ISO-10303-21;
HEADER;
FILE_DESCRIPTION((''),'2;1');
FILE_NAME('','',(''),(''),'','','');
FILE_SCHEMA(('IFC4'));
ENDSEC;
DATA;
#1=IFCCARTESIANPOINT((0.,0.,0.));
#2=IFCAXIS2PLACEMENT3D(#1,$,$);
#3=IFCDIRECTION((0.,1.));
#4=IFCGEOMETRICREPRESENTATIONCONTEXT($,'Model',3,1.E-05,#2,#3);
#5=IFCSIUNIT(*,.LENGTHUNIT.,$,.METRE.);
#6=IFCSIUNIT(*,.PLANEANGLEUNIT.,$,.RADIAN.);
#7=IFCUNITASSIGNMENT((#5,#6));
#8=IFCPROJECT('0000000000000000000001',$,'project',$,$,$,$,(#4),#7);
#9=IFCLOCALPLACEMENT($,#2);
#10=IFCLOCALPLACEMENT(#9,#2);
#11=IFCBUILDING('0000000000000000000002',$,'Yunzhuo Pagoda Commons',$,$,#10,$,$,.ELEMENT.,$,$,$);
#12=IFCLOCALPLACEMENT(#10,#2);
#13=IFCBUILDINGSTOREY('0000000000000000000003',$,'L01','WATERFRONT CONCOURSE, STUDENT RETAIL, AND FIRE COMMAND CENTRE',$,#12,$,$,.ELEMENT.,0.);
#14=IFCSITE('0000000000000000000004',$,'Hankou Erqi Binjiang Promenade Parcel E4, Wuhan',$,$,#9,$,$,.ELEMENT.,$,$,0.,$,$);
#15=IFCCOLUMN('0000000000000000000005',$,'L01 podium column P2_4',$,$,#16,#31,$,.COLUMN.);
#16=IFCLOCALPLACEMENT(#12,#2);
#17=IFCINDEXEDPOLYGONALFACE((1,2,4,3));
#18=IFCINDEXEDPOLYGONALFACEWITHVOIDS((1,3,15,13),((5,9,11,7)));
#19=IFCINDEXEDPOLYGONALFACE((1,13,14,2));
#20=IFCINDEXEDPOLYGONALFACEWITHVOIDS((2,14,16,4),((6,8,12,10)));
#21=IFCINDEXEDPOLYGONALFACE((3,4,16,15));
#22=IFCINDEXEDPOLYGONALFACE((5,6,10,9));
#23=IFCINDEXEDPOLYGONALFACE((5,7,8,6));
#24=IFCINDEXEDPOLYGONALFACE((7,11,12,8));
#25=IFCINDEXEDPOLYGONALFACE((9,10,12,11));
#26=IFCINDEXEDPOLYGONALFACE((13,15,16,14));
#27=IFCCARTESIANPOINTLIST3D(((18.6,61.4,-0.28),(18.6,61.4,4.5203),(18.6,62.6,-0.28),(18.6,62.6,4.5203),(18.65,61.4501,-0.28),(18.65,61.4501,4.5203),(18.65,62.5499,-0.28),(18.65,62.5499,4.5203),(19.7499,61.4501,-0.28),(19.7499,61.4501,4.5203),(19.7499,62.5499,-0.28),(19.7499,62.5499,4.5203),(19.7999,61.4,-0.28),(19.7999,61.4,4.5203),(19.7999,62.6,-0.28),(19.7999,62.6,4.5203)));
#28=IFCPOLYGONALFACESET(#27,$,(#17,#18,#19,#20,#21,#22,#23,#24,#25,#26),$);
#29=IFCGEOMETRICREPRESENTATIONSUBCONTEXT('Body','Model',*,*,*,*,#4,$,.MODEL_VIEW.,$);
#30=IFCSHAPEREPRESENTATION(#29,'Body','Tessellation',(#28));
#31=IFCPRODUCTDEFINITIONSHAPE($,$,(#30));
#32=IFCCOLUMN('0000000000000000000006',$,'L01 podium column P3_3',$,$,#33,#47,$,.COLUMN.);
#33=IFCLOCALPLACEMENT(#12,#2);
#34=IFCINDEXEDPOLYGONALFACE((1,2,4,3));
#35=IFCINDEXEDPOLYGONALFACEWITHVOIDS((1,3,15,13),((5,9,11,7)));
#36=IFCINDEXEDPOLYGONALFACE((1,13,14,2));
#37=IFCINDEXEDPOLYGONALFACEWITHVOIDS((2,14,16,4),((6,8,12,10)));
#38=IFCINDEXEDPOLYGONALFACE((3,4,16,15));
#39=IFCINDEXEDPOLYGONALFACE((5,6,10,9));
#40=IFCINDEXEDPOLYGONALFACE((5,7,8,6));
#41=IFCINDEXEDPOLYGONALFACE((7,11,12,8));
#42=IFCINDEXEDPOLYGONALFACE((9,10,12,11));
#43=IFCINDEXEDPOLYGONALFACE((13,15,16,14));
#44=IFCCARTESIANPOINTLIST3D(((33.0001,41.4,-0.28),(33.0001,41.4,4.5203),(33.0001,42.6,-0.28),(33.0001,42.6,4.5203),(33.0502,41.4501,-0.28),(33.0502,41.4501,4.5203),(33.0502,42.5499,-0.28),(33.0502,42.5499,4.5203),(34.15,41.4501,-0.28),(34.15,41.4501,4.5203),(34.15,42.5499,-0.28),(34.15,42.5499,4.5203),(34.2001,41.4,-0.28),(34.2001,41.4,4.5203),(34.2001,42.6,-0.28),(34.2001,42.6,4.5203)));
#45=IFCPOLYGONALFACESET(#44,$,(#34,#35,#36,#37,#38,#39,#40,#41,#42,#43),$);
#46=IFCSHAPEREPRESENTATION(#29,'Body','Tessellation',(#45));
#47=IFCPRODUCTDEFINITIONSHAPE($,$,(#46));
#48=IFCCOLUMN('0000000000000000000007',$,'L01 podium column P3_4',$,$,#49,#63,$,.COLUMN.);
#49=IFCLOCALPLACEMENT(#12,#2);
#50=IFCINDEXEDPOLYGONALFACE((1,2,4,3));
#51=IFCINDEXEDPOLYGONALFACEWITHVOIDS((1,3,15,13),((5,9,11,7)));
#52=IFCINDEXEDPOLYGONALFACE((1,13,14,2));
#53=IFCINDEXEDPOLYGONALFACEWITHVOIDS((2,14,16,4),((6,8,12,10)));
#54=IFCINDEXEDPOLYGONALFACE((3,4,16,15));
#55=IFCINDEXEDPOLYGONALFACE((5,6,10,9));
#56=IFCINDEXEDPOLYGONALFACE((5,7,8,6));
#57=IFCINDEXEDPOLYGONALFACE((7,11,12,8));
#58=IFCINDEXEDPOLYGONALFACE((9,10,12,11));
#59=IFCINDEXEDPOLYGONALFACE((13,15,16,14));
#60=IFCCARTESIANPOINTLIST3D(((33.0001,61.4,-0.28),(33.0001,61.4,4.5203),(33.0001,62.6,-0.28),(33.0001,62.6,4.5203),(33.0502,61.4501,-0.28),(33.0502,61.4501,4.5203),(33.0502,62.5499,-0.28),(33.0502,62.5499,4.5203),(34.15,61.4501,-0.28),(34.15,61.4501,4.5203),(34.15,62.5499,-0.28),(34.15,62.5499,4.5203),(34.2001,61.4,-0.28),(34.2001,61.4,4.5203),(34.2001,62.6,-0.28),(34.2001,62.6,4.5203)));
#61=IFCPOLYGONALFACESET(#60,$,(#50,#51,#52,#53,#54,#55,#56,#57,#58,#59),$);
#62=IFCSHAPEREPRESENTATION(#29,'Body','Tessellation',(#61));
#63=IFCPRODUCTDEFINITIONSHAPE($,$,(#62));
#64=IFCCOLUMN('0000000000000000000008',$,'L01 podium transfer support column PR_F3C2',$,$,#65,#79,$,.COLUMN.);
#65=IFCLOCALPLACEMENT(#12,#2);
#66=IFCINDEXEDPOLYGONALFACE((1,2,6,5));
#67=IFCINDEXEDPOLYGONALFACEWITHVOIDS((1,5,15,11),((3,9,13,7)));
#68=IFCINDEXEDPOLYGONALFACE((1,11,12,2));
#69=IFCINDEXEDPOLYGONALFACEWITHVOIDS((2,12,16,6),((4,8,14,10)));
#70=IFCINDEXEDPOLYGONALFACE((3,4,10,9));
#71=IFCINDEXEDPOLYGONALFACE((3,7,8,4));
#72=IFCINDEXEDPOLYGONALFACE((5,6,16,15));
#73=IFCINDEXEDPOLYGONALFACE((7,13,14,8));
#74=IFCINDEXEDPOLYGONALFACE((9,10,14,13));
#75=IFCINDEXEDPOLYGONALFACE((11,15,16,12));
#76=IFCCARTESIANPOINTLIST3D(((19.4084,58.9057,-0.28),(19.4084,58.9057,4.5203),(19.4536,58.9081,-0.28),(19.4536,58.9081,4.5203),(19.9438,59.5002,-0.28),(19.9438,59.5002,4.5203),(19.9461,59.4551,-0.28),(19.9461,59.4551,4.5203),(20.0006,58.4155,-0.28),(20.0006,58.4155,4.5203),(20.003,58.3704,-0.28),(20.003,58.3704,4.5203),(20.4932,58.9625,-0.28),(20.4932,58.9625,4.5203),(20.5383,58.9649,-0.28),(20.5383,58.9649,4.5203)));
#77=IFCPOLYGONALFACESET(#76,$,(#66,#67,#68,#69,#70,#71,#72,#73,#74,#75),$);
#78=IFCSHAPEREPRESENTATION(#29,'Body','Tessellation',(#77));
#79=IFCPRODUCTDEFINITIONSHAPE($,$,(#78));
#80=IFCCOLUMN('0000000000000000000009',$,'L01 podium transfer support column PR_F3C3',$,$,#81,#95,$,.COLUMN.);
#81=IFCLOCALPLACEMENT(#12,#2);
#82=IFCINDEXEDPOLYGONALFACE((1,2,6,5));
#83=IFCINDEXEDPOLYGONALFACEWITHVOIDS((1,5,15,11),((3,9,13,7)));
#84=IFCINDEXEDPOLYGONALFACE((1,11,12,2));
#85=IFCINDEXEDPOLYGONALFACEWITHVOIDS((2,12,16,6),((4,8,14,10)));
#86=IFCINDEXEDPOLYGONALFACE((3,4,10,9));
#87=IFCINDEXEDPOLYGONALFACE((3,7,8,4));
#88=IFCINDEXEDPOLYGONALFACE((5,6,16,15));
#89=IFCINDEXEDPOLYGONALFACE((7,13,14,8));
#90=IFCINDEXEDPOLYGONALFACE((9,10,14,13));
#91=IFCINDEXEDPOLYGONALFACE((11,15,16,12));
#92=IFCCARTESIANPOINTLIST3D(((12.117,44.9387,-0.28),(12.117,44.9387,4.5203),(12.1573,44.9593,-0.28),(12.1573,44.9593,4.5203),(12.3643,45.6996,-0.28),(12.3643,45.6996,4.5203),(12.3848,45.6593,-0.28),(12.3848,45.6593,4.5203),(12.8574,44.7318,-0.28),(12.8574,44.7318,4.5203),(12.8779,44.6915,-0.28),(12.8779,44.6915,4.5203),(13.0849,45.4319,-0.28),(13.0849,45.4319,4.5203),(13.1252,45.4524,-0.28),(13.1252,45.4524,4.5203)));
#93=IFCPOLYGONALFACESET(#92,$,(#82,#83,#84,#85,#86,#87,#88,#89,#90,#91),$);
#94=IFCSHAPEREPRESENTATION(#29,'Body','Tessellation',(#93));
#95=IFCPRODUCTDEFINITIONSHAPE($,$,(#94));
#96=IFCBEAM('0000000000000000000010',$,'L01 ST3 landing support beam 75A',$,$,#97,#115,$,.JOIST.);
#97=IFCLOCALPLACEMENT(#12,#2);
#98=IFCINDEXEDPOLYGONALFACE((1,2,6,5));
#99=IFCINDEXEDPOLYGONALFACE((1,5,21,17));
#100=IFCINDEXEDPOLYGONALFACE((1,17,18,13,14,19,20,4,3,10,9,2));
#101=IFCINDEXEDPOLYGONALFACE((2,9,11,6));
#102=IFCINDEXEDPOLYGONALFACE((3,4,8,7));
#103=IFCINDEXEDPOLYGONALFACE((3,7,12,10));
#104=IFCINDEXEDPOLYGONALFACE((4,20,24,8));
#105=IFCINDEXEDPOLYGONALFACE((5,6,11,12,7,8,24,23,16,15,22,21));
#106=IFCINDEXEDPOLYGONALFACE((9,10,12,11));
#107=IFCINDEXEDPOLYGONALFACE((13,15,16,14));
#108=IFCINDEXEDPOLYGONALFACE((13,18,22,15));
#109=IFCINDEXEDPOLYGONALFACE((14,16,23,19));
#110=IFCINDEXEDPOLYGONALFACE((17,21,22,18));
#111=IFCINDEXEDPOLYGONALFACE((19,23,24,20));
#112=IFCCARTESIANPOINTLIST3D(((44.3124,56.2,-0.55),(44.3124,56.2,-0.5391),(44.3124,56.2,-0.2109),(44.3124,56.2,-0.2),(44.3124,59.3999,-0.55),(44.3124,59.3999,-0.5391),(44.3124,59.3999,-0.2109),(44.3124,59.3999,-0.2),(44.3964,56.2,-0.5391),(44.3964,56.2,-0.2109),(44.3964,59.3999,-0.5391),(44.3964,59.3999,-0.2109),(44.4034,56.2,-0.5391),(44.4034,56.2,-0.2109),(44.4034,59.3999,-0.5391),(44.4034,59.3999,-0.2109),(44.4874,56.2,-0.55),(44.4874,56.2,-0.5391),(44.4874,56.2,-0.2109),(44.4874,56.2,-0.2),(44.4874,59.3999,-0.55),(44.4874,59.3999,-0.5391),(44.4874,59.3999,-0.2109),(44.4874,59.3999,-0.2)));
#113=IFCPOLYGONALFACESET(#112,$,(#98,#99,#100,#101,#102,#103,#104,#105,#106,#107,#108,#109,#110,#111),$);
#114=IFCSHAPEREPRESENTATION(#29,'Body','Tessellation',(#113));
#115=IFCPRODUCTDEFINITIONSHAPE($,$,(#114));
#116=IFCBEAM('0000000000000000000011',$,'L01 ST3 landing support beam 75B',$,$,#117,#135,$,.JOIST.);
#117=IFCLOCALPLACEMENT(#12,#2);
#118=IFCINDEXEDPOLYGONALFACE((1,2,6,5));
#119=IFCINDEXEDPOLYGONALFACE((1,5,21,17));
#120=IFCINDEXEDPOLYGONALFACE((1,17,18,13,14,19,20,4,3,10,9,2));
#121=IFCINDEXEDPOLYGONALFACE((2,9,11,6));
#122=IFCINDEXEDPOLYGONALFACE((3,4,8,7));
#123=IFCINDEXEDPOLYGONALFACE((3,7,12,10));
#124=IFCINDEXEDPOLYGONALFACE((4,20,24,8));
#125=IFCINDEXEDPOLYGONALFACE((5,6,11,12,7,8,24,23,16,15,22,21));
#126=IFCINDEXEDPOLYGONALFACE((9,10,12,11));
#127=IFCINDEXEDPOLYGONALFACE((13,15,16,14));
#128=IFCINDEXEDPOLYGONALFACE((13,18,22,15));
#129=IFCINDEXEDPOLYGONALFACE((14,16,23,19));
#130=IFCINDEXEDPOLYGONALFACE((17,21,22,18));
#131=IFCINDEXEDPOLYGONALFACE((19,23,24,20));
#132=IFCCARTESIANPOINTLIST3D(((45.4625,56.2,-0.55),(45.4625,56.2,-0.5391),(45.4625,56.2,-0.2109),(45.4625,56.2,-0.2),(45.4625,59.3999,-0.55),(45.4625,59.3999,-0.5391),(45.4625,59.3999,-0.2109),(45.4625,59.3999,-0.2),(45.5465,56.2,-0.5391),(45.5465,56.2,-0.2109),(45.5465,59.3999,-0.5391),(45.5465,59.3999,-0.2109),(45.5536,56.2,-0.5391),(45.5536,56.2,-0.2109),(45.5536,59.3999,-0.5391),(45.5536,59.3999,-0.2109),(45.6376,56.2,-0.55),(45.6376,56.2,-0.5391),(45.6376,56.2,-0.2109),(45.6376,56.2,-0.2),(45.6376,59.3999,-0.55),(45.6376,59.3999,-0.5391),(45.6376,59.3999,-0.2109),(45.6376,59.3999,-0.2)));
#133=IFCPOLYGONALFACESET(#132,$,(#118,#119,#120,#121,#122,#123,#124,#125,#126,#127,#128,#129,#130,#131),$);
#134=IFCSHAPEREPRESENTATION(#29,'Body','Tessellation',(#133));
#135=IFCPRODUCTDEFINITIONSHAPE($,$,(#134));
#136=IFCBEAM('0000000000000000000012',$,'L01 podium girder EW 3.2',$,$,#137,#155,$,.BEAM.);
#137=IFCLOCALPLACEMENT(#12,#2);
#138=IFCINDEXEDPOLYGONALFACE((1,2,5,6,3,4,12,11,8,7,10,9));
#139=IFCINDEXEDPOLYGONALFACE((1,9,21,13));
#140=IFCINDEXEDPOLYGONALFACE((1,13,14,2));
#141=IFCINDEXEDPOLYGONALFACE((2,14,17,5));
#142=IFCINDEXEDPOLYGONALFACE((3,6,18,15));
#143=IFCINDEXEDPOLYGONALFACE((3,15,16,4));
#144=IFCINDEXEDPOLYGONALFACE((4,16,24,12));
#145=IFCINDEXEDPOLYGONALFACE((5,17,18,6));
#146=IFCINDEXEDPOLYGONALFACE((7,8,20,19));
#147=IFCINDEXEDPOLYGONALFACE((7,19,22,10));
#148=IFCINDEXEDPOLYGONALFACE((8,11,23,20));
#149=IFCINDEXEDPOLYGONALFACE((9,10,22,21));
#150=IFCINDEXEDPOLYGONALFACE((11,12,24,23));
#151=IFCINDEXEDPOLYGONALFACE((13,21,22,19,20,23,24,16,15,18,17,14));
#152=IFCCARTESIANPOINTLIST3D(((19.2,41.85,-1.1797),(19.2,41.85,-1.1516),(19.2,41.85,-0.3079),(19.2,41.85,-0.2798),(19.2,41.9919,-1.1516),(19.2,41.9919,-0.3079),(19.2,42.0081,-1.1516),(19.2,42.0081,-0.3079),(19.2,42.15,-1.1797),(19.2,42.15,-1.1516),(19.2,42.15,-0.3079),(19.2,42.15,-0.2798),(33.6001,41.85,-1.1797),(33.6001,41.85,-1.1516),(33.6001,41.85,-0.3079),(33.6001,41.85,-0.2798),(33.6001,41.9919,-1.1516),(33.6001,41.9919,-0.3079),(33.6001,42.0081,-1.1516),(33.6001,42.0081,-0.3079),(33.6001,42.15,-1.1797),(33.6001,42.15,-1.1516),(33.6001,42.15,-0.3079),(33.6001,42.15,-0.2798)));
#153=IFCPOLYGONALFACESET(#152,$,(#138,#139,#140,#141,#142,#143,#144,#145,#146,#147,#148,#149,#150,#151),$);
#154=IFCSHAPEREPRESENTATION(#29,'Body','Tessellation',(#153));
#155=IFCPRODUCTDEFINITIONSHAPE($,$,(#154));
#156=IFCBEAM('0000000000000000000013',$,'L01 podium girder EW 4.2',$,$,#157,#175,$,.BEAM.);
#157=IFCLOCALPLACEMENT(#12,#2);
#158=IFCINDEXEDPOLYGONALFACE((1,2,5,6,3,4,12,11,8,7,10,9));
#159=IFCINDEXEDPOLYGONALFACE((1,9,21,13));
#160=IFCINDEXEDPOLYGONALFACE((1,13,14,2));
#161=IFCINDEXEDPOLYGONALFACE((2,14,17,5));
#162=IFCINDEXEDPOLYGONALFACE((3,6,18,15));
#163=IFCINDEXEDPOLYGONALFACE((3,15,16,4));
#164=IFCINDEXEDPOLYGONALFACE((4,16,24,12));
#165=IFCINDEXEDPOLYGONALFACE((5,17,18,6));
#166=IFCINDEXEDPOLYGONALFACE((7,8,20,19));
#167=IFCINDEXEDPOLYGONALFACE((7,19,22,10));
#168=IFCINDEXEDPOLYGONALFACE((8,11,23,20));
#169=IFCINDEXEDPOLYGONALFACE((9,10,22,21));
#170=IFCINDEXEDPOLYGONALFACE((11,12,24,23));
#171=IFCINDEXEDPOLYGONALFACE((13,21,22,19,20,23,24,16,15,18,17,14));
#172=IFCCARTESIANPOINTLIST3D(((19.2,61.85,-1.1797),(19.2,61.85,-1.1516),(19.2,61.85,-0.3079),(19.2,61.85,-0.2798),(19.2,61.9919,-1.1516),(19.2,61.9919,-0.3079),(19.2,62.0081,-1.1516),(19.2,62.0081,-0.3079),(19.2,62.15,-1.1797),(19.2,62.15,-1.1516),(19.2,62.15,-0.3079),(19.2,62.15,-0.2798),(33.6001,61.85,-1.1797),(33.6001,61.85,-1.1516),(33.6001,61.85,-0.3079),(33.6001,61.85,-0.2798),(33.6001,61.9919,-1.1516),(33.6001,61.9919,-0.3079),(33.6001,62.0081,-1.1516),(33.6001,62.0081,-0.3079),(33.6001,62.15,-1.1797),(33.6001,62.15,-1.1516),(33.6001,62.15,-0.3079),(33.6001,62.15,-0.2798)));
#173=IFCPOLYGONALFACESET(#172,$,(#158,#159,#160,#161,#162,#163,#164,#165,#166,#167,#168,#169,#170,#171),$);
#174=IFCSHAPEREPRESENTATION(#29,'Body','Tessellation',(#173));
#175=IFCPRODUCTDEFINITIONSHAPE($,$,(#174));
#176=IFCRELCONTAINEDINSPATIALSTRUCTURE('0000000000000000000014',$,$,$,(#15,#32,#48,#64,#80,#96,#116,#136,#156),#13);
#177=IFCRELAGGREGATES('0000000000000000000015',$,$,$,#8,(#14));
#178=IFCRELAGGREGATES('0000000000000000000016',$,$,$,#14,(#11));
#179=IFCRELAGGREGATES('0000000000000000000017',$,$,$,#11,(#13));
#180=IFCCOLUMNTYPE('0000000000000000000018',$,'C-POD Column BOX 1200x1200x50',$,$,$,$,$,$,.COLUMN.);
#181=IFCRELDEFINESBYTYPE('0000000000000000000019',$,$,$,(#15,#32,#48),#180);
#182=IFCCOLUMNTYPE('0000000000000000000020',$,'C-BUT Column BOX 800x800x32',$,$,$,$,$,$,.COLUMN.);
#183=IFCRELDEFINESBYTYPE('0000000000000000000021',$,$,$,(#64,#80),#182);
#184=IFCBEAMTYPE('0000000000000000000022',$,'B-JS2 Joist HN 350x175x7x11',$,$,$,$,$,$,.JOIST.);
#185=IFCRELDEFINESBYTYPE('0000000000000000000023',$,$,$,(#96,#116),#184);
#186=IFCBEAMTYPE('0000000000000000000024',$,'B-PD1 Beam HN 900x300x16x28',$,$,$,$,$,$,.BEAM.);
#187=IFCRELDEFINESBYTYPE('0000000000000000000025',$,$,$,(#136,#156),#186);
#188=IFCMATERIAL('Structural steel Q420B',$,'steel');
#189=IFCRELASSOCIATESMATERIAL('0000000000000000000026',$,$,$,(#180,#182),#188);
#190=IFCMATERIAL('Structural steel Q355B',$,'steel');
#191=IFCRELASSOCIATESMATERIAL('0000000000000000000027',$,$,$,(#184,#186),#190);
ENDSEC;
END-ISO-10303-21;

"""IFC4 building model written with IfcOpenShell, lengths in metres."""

from ifc_helpers import new_model, si_unit, direction, frame, origin, origin_2d, place, context, subcontext, project, spatial, hollow_rectangle, i_section, extrude, source, transform, mapped, material, material_profile, profile_set, type_object, element, save


model = new_model("IFC4")

# Units and contexts
model_context = context("Model", 3, precision=1e-05, world=origin(), true_north=direction((0.0, 1.0)))
body_context = subcontext(model_context, "Body", "Model", "MODEL_VIEW")
ifc_project = project(units=[si_unit("LENGTHUNIT", "METRE"), si_unit("PLANEANGLEUNIT", "RADIAN")], contexts=[model_context])

# Site, building, storey
site_placement = place(None, origin())
site = spatial("IfcSite", under=ifc_project, at=site_placement, Name="Hankou Erqi Binjiang Promenade Parcel E4, Wuhan", CompositionType="ELEMENT", RefElevation=0.0)
building_placement = place(site_placement, origin())
building = spatial("IfcBuilding", under=site, at=building_placement, Name="Yunzhuo Pagoda Commons", CompositionType="ELEMENT")
storey_placement = place(building_placement, origin())
storey = spatial("IfcBuildingStorey", under=building, at=storey_placement, Name="L01", Description="WATERFRONT CONCOURSE, STUDENT RETAIL, AND FIRE COMMAND CENTRE", CompositionType="ELEMENT", Elevation=0.0)

# Columns
ifc_material_1 = material(Name="Structural steel Q420B", Category="steel")
ifc_material_profile_1 = material_profile(ifc_material_1, hollow_rectangle(XDim=1.2, YDim=1.2, WallThickness=0.05, at=origin_2d()), Name="Structural steel Q420B")
ifc_profile_set_1 = profile_set([ifc_material_profile_1], Name="Structural steel Q420B")
column_type_1 = type_object("IfcColumnType", Name="C-POD Column BOX 1200x1200x50", PredefinedType="COLUMN", material=ifc_profile_set_1)
shared_shape_1 = source(origin(), body_context, "Body", "SweptSolid", [
    extrude(hollow_rectangle(XDim=1.2, YDim=1.2, WallThickness=0.05, at=origin_2d()), origin(), (0.0, 0.0, 1.0), 4.8003),
])
for number, where, z_axis, x_axis, name in (
    (1, (19.2, 62.0, -0.28), (0.0, 0.0, 1.0), (1.0, 0.0, 0.0), "L01 podium column P2_4"),
    (2, (33.6001, 42.0, -0.28), (0.0, 0.0, 1.0), (1.0, 0.0, 0.0), "L01 podium column P3_3"),
    (3, (33.6001, 62.0, -0.28), (0.0, 0.0, 1.0), (1.0, 0.0, 0.0), "L01 podium column P3_4"),
):
    element("IfcColumn", number, at=place(storey_placement, frame(where, z_axis=z_axis, x_axis=x_axis)), inside=storey, type_object=column_type_1, Name=name, PredefinedType="COLUMN", context=body_context, shape_type="MappedRepresentation", body=[
        mapped(shared_shape_1, transform((0.0, 0.0, 0.0), scale=1.0)),
    ])
ifc_material_profile_2 = material_profile(ifc_material_1, hollow_rectangle(XDim=0.8, YDim=0.8, WallThickness=0.032, at=origin_2d()), Name="Structural steel Q420B")
ifc_profile_set_2 = profile_set([ifc_material_profile_2], Name="Structural steel Q420B")
column_type_2 = type_object("IfcColumnType", Name="C-BUT Column BOX 800x800x32", PredefinedType="COLUMN", material=ifc_profile_set_2)
shared_shape_2 = source(origin(), body_context, "Body", "SweptSolid", [
    extrude(hollow_rectangle(XDim=0.8, YDim=0.8, WallThickness=0.032, at=origin_2d()), origin(), (0.0, 0.0, 1.0), 4.8003),
])
for number, where, z_axis, x_axis, name in (
    (4, (19.9734, 58.9353, -0.28), (0.0, 0.0, 1.0), (-0.669131, -0.743145, 0.0), "L01 podium transfer support column PR_F3C2"),
    (5, (12.6211, 45.1956, -0.28), (0.0, 0.0, 1.0), (-0.309017, -0.951057, 0.0), "L01 podium transfer support column PR_F3C3"),
):
    element("IfcColumn", number, at=place(storey_placement, frame(where, z_axis=z_axis, x_axis=x_axis)), inside=storey, type_object=column_type_2, Name=name, PredefinedType="COLUMN", context=body_context, shape_type="MappedRepresentation", body=[
        mapped(shared_shape_2, transform((0.0, 0.0, 0.0), scale=1.0)),
    ])

# Beams
ifc_material_2 = material(Name="Structural steel Q355B", Category="steel")
ifc_material_profile_3 = material_profile(ifc_material_2, i_section(OverallWidth=0.175, OverallDepth=0.3501, WebThickness=0.0071, FlangeThickness=0.011, at=origin_2d()), Name="Structural steel Q355B")
ifc_profile_set_3 = profile_set([ifc_material_profile_3], Name="Structural steel Q355B")
beam_type_1 = type_object("IfcBeamType", Name="B-JS2 Joist HN 350x175x7x11", PredefinedType="JOIST", material=ifc_profile_set_3)
shared_shape_3 = source(origin(), body_context, "Body", "SweptSolid", [
    extrude(i_section(OverallWidth=0.175, OverallDepth=0.3501, WebThickness=0.0071, FlangeThickness=0.011, at=origin_2d()), origin(), (0.0, 0.0, 1.0), 3.2),
])
for number, where, z_axis, x_axis, name in (
    (6, (44.3999, 56.2, -0.375), (0.0, 1.0, 0.0), (-1.0, 0.0, 0.0), "L01 ST3 landing support beam 75A"),
    (7, (45.55, 56.2, -0.375), (0.0, 1.0, 0.0), (-1.0, 0.0, 0.0), "L01 ST3 landing support beam 75B"),
):
    element("IfcBeam", number, at=place(storey_placement, frame(where, z_axis=z_axis, x_axis=x_axis)), inside=storey, type_object=beam_type_1, Name=name, PredefinedType="JOIST", context=body_context, shape_type="MappedRepresentation", body=[
        mapped(shared_shape_3, transform((0.0, 0.0, 0.0), scale=1.0)),
    ])
ifc_material_profile_4 = material_profile(ifc_material_2, i_section(OverallWidth=0.3, OverallDepth=0.8999, WebThickness=0.0161, FlangeThickness=0.0281, at=origin_2d()), Name="Structural steel Q355B")
ifc_profile_set_4 = profile_set([ifc_material_profile_4], Name="Structural steel Q355B")
beam_type_2 = type_object("IfcBeamType", Name="B-PD1 Beam HN 900x300x16x28", PredefinedType="BEAM", material=ifc_profile_set_4)
shared_shape_4 = source(origin(), body_context, "Body", "SweptSolid", [
    extrude(i_section(OverallWidth=0.3, OverallDepth=0.8999, WebThickness=0.0161, FlangeThickness=0.0281, at=origin_2d()), origin(), (0.0, 0.0, 1.0), 14.4001),
])
for number, where, z_axis, x_axis, name in (
    (8, (19.2, 42.0, -0.7297), (1.0, 0.0, 0.0), (0.0, 1.0, 0.0), "L01 podium girder EW 3.2"),
    (9, (19.2, 62.0, -0.7297), (1.0, 0.0, 0.0), (0.0, 1.0, 0.0), "L01 podium girder EW 4.2"),
):
    element("IfcBeam", number, at=place(storey_placement, frame(where, z_axis=z_axis, x_axis=x_axis)), inside=storey, type_object=beam_type_2, Name=name, PredefinedType="BEAM", context=body_context, shape_type="MappedRepresentation", body=[
        mapped(shared_shape_4, transform((0.0, 0.0, 0.0), scale=1.0)),
    ])

save(model, "model.ifc")
